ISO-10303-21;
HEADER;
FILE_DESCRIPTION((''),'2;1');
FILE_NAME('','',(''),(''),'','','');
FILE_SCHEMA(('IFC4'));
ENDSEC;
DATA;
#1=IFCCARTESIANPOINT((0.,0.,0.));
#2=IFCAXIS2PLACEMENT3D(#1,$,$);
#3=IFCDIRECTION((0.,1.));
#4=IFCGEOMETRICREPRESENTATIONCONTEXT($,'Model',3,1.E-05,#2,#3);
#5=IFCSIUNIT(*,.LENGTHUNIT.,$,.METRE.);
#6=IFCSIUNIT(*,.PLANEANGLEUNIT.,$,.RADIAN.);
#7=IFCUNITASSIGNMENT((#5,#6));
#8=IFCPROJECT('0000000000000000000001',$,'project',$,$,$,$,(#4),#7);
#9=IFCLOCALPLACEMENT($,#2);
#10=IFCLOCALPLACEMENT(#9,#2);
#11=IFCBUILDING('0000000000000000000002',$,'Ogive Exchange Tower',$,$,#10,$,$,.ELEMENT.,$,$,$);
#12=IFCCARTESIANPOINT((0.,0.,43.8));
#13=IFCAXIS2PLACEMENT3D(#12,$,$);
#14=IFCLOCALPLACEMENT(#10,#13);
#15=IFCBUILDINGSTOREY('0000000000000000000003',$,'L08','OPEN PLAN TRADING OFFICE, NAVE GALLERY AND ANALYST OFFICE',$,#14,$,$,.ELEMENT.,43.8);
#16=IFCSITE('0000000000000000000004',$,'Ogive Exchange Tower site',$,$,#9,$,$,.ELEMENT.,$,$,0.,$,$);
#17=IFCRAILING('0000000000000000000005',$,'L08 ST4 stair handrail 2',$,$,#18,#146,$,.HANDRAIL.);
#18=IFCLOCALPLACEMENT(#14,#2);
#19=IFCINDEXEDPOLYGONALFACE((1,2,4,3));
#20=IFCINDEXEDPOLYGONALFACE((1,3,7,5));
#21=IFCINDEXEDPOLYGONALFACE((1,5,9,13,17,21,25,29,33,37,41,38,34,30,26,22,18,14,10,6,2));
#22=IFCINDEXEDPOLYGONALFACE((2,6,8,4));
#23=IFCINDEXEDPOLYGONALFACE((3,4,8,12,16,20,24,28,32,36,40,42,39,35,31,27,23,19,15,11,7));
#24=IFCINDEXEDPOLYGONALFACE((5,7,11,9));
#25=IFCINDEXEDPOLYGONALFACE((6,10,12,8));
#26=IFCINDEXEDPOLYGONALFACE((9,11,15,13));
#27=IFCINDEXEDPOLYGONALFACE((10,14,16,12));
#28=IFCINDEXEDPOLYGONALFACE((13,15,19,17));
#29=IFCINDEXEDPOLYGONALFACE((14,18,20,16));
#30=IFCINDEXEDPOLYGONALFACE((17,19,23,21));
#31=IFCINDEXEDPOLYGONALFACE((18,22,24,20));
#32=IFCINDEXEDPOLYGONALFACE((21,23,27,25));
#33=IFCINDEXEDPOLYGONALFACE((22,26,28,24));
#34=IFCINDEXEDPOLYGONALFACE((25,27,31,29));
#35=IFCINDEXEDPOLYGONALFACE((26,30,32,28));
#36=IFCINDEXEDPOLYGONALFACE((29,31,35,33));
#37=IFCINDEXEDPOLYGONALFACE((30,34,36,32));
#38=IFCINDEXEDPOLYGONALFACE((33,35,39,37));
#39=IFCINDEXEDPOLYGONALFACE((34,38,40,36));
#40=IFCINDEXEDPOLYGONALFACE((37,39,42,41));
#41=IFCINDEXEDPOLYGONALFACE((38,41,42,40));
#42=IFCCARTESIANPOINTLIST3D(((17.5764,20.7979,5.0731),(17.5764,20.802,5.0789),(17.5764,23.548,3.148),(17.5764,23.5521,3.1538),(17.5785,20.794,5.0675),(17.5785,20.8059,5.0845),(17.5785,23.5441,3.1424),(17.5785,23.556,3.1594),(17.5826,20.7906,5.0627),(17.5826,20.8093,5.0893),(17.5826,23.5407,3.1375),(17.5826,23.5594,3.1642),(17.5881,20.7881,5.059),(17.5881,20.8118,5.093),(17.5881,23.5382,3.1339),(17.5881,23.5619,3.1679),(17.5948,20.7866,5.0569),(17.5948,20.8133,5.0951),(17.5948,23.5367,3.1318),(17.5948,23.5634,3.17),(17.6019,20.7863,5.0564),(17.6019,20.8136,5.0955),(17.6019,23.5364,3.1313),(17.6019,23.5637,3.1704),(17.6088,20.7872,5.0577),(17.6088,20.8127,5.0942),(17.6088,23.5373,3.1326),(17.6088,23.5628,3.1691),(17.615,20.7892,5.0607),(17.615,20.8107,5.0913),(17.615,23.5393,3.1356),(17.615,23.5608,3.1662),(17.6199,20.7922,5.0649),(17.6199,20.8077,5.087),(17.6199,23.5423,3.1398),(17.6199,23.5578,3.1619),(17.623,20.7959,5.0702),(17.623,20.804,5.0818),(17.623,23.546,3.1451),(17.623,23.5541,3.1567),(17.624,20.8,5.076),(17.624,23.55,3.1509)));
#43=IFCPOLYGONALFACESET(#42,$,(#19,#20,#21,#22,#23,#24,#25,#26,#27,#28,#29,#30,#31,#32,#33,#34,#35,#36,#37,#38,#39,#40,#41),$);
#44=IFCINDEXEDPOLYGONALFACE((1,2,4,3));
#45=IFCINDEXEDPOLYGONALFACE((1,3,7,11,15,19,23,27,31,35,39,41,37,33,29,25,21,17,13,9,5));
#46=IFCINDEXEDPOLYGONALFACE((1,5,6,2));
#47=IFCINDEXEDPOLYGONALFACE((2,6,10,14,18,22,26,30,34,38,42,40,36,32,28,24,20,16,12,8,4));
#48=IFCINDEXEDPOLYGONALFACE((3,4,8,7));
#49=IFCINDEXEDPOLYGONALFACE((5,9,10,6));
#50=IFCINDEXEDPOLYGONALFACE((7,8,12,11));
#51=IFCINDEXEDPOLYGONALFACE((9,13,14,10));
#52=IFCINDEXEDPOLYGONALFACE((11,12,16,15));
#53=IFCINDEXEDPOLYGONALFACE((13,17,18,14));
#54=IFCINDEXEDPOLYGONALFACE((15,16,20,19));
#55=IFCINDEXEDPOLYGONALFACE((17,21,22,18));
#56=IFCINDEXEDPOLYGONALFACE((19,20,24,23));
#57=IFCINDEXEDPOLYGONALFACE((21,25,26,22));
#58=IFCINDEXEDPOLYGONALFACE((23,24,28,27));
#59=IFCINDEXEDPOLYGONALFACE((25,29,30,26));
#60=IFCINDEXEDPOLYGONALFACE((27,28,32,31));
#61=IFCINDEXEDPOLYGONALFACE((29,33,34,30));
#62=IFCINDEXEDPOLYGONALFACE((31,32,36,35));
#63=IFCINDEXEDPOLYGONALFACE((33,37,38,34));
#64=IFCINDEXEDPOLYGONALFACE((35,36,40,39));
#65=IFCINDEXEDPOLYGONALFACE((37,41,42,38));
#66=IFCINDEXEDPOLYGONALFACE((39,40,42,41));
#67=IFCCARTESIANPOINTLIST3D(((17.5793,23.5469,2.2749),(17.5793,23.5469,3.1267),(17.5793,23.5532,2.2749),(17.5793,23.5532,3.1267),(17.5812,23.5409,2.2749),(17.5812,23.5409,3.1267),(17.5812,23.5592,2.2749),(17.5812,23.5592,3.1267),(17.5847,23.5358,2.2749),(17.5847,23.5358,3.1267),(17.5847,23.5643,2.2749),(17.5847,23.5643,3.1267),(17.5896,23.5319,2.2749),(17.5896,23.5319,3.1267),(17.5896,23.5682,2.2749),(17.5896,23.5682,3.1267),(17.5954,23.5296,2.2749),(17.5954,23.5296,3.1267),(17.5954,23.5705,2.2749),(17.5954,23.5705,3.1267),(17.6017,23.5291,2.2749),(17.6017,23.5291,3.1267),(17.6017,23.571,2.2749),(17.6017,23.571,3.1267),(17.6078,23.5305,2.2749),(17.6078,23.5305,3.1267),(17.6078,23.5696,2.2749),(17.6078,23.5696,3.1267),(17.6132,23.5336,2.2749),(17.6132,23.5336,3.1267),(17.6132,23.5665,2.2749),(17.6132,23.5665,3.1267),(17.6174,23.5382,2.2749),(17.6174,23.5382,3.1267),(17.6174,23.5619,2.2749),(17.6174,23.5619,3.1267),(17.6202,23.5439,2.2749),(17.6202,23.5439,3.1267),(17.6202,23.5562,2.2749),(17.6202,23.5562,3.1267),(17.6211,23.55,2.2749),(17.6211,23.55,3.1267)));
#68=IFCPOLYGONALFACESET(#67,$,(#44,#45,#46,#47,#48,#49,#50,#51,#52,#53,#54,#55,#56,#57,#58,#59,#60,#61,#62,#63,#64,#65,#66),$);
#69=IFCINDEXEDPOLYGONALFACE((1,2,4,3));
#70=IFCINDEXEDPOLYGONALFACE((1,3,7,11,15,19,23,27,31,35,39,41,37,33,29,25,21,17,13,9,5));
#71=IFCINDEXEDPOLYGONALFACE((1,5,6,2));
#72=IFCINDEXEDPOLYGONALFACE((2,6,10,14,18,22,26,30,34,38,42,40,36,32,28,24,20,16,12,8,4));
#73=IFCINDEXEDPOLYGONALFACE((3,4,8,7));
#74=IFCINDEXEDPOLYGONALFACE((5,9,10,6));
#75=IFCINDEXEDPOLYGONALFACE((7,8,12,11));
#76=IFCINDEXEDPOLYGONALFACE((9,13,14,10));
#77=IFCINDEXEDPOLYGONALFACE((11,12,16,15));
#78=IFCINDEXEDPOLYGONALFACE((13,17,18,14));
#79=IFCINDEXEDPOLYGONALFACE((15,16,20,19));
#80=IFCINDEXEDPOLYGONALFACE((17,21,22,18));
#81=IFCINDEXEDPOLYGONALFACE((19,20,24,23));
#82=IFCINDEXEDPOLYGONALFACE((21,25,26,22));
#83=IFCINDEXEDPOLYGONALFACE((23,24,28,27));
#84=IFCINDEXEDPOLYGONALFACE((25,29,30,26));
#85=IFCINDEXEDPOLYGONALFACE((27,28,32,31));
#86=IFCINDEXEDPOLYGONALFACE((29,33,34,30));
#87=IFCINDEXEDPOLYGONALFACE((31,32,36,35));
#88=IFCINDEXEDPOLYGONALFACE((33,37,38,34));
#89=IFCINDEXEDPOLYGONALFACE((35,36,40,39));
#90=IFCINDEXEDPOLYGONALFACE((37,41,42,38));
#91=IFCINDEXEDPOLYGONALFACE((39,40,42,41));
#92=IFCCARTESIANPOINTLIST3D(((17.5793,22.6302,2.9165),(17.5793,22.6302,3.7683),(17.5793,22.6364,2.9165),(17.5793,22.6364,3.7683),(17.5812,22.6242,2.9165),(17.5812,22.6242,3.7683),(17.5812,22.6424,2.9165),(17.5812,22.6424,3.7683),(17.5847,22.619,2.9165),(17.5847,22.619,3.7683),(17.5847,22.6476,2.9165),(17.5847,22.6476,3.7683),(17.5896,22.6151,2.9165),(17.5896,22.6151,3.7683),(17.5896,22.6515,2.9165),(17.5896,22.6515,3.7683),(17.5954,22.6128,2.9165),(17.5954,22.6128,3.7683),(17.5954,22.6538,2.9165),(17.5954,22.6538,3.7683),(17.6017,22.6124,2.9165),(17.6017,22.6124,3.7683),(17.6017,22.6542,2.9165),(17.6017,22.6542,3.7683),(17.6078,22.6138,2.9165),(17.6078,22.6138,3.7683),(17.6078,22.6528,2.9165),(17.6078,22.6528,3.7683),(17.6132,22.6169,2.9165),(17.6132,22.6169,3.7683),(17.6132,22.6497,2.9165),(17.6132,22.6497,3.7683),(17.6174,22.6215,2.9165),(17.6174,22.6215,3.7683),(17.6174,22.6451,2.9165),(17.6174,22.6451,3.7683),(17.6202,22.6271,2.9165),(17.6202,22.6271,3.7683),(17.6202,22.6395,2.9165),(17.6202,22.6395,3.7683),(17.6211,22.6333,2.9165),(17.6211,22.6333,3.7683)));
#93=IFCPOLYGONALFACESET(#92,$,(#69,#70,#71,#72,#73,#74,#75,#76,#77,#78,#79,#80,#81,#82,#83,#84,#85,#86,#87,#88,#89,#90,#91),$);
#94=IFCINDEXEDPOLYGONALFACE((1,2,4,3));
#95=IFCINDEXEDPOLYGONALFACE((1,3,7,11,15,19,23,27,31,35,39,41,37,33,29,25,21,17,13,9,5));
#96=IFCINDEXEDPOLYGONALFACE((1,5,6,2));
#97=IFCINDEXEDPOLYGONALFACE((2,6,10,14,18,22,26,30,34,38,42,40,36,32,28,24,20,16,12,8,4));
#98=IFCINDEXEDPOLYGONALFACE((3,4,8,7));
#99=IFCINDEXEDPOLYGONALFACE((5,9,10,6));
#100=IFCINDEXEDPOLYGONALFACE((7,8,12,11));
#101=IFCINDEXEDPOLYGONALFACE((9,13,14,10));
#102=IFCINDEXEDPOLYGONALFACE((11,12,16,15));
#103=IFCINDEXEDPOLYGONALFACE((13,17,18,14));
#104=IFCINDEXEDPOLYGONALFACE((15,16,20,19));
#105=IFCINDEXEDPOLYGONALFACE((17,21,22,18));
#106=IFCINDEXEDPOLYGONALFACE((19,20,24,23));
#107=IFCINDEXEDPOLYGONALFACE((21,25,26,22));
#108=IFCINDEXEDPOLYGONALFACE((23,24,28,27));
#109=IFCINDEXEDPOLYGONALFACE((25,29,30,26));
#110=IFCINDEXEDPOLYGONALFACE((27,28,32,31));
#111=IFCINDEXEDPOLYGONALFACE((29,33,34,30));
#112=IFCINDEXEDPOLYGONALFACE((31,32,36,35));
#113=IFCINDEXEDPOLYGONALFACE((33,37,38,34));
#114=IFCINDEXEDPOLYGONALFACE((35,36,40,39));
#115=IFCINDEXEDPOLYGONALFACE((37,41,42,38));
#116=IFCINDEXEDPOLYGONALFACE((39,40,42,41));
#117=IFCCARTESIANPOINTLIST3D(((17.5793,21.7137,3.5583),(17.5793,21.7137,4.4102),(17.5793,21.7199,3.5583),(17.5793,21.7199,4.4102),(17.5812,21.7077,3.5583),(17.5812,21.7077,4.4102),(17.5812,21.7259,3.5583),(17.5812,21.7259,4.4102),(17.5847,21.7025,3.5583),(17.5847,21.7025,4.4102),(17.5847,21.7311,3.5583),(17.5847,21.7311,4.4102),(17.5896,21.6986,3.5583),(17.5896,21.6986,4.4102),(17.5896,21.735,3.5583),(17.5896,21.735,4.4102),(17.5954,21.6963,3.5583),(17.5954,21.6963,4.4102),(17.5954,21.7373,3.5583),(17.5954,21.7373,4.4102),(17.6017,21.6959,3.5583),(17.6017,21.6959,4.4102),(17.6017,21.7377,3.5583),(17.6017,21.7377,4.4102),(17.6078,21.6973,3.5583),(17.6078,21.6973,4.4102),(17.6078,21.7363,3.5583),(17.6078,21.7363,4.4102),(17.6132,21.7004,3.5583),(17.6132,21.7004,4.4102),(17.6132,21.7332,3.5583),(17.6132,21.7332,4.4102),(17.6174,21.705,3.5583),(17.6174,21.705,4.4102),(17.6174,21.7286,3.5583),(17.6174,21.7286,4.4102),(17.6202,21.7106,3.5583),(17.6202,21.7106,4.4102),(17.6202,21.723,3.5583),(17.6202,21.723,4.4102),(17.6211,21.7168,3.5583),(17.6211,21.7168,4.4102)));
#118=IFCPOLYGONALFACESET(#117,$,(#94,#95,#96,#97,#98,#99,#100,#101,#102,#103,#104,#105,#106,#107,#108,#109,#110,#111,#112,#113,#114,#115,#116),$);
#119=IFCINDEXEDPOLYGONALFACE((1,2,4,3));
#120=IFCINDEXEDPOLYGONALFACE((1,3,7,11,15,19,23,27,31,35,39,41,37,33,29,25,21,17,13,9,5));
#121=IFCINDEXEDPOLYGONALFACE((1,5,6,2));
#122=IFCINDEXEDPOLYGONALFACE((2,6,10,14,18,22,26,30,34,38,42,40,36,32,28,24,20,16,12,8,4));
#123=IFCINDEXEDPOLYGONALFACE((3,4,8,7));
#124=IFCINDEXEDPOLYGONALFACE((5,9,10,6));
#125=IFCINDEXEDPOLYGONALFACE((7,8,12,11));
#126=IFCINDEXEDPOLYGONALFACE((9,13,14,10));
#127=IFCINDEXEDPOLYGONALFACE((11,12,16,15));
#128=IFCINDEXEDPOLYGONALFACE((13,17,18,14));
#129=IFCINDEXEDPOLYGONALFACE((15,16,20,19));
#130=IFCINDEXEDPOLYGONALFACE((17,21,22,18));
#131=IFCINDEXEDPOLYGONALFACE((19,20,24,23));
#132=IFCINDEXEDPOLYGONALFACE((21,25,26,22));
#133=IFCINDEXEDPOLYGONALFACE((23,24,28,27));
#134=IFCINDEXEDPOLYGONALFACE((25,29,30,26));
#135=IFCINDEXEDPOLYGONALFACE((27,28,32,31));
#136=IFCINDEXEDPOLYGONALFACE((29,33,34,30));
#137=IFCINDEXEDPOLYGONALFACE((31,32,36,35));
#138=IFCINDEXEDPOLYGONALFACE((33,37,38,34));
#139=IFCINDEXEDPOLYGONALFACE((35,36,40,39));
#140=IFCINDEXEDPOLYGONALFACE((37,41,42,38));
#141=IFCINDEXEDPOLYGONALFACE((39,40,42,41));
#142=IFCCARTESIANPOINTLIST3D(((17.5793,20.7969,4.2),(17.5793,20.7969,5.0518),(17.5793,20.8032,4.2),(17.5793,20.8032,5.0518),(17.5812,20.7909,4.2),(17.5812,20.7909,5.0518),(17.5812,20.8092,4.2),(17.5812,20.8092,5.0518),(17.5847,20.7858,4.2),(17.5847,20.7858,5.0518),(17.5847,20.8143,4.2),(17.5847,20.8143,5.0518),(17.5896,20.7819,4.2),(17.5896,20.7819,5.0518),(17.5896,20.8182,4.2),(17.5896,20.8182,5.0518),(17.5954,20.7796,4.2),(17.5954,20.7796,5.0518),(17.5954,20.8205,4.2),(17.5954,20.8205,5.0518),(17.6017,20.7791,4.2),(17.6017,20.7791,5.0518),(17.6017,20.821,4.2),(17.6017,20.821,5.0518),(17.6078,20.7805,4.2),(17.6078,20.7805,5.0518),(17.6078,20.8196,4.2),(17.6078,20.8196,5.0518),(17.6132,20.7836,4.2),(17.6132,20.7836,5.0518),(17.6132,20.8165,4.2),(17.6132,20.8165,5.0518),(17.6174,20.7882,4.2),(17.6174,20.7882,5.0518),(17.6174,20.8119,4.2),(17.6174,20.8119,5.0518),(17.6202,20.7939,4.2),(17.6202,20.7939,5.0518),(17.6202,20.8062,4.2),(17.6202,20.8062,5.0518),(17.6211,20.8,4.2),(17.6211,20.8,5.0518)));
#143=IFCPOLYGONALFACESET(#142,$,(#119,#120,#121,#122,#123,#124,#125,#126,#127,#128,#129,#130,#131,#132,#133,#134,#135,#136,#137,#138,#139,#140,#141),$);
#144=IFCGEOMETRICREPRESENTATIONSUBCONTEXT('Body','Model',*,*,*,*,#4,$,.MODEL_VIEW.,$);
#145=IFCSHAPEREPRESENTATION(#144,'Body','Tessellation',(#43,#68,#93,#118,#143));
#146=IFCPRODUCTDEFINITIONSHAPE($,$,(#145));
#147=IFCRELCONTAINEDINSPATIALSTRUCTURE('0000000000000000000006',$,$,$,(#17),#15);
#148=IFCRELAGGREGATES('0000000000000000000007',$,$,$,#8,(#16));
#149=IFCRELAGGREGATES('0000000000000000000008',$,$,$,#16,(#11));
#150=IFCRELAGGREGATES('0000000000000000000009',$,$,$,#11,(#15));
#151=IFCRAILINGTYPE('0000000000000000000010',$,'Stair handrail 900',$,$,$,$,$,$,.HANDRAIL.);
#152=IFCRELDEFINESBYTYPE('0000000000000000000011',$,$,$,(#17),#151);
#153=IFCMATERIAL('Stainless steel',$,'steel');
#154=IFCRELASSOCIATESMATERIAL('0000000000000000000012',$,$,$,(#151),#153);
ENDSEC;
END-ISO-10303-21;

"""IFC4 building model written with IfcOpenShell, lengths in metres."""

from ifc_helpers import new_model, si_unit, direction, frame, origin, origin_2d, place, context, subcontext, project, spatial, circle, extrude, material, type_object, element, save


model = new_model("IFC4")

# Units and contexts
model_context = context("Model", 3, precision=1e-05, world=origin(), true_north=direction((0.0, 1.0)))
body_context = subcontext(model_context, "Body", "Model", "MODEL_VIEW")
ifc_project = project(units=[si_unit("LENGTHUNIT", "METRE"), si_unit("PLANEANGLEUNIT", "RADIAN")], contexts=[model_context])

# Site, building, storey
site_placement = place(None, origin())
site = spatial("IfcSite", under=ifc_project, at=site_placement, Name="Ogive Exchange Tower site", CompositionType="ELEMENT", RefElevation=0.0)
building_placement = place(site_placement, origin())
building = spatial("IfcBuilding", under=site, at=building_placement, Name="Ogive Exchange Tower", CompositionType="ELEMENT")
storey_placement = place(building_placement, frame((0.0, 0.0, 43.8)))
storey = spatial("IfcBuildingStorey", under=building, at=storey_placement, Name="L08", Description="OPEN PLAN TRADING OFFICE, NAVE GALLERY AND ANALYST OFFICE", CompositionType="ELEMENT", Elevation=43.8)

# Railing
ifc_material_1 = material(Name="Stainless steel", Category="steel")
railing_type = type_object("IfcRailingType", Name="Stair handrail 900", PredefinedType="HANDRAIL", material=ifc_material_1)
railing_placement = place(storey_placement, frame((17.6001, 23.55, 2.2749)))
element("IfcRailing", 1, at=railing_placement, inside=storey, type_object=railing_type, Name="L08 ST4 stair handrail 2", PredefinedType="HANDRAIL", context=body_context, shape_type="SweptSolid", body=[
    extrude(circle(Radius=0.0239, at=origin_2d()), frame((0.0, 0.0, 0.876), z_axis=(0.0, -0.819225, 0.573472), x_axis=(1.0, 0.0, 0.0)), (0.0, 0.0, 1.0), 3.3569),
    extrude(circle(Radius=0.021, at=origin_2d()), origin(), (0.0, 0.0, 1.0), 0.8518),
    extrude(circle(Radius=0.021, at=origin_2d()), frame((0.0, -0.9167, 0.6416)), (0.0, 0.0, 1.0), 0.8518),
    extrude(circle(Radius=0.021, at=origin_2d()), frame((0.0, -1.8333, 1.2834)), (0.0, 0.0, 1.0), 0.8518),
    extrude(circle(Radius=0.021, at=origin_2d()), frame((0.0, -2.75, 1.925)), (0.0, 0.0, 1.0), 0.8518),
])

save(model, "model.ifc")
